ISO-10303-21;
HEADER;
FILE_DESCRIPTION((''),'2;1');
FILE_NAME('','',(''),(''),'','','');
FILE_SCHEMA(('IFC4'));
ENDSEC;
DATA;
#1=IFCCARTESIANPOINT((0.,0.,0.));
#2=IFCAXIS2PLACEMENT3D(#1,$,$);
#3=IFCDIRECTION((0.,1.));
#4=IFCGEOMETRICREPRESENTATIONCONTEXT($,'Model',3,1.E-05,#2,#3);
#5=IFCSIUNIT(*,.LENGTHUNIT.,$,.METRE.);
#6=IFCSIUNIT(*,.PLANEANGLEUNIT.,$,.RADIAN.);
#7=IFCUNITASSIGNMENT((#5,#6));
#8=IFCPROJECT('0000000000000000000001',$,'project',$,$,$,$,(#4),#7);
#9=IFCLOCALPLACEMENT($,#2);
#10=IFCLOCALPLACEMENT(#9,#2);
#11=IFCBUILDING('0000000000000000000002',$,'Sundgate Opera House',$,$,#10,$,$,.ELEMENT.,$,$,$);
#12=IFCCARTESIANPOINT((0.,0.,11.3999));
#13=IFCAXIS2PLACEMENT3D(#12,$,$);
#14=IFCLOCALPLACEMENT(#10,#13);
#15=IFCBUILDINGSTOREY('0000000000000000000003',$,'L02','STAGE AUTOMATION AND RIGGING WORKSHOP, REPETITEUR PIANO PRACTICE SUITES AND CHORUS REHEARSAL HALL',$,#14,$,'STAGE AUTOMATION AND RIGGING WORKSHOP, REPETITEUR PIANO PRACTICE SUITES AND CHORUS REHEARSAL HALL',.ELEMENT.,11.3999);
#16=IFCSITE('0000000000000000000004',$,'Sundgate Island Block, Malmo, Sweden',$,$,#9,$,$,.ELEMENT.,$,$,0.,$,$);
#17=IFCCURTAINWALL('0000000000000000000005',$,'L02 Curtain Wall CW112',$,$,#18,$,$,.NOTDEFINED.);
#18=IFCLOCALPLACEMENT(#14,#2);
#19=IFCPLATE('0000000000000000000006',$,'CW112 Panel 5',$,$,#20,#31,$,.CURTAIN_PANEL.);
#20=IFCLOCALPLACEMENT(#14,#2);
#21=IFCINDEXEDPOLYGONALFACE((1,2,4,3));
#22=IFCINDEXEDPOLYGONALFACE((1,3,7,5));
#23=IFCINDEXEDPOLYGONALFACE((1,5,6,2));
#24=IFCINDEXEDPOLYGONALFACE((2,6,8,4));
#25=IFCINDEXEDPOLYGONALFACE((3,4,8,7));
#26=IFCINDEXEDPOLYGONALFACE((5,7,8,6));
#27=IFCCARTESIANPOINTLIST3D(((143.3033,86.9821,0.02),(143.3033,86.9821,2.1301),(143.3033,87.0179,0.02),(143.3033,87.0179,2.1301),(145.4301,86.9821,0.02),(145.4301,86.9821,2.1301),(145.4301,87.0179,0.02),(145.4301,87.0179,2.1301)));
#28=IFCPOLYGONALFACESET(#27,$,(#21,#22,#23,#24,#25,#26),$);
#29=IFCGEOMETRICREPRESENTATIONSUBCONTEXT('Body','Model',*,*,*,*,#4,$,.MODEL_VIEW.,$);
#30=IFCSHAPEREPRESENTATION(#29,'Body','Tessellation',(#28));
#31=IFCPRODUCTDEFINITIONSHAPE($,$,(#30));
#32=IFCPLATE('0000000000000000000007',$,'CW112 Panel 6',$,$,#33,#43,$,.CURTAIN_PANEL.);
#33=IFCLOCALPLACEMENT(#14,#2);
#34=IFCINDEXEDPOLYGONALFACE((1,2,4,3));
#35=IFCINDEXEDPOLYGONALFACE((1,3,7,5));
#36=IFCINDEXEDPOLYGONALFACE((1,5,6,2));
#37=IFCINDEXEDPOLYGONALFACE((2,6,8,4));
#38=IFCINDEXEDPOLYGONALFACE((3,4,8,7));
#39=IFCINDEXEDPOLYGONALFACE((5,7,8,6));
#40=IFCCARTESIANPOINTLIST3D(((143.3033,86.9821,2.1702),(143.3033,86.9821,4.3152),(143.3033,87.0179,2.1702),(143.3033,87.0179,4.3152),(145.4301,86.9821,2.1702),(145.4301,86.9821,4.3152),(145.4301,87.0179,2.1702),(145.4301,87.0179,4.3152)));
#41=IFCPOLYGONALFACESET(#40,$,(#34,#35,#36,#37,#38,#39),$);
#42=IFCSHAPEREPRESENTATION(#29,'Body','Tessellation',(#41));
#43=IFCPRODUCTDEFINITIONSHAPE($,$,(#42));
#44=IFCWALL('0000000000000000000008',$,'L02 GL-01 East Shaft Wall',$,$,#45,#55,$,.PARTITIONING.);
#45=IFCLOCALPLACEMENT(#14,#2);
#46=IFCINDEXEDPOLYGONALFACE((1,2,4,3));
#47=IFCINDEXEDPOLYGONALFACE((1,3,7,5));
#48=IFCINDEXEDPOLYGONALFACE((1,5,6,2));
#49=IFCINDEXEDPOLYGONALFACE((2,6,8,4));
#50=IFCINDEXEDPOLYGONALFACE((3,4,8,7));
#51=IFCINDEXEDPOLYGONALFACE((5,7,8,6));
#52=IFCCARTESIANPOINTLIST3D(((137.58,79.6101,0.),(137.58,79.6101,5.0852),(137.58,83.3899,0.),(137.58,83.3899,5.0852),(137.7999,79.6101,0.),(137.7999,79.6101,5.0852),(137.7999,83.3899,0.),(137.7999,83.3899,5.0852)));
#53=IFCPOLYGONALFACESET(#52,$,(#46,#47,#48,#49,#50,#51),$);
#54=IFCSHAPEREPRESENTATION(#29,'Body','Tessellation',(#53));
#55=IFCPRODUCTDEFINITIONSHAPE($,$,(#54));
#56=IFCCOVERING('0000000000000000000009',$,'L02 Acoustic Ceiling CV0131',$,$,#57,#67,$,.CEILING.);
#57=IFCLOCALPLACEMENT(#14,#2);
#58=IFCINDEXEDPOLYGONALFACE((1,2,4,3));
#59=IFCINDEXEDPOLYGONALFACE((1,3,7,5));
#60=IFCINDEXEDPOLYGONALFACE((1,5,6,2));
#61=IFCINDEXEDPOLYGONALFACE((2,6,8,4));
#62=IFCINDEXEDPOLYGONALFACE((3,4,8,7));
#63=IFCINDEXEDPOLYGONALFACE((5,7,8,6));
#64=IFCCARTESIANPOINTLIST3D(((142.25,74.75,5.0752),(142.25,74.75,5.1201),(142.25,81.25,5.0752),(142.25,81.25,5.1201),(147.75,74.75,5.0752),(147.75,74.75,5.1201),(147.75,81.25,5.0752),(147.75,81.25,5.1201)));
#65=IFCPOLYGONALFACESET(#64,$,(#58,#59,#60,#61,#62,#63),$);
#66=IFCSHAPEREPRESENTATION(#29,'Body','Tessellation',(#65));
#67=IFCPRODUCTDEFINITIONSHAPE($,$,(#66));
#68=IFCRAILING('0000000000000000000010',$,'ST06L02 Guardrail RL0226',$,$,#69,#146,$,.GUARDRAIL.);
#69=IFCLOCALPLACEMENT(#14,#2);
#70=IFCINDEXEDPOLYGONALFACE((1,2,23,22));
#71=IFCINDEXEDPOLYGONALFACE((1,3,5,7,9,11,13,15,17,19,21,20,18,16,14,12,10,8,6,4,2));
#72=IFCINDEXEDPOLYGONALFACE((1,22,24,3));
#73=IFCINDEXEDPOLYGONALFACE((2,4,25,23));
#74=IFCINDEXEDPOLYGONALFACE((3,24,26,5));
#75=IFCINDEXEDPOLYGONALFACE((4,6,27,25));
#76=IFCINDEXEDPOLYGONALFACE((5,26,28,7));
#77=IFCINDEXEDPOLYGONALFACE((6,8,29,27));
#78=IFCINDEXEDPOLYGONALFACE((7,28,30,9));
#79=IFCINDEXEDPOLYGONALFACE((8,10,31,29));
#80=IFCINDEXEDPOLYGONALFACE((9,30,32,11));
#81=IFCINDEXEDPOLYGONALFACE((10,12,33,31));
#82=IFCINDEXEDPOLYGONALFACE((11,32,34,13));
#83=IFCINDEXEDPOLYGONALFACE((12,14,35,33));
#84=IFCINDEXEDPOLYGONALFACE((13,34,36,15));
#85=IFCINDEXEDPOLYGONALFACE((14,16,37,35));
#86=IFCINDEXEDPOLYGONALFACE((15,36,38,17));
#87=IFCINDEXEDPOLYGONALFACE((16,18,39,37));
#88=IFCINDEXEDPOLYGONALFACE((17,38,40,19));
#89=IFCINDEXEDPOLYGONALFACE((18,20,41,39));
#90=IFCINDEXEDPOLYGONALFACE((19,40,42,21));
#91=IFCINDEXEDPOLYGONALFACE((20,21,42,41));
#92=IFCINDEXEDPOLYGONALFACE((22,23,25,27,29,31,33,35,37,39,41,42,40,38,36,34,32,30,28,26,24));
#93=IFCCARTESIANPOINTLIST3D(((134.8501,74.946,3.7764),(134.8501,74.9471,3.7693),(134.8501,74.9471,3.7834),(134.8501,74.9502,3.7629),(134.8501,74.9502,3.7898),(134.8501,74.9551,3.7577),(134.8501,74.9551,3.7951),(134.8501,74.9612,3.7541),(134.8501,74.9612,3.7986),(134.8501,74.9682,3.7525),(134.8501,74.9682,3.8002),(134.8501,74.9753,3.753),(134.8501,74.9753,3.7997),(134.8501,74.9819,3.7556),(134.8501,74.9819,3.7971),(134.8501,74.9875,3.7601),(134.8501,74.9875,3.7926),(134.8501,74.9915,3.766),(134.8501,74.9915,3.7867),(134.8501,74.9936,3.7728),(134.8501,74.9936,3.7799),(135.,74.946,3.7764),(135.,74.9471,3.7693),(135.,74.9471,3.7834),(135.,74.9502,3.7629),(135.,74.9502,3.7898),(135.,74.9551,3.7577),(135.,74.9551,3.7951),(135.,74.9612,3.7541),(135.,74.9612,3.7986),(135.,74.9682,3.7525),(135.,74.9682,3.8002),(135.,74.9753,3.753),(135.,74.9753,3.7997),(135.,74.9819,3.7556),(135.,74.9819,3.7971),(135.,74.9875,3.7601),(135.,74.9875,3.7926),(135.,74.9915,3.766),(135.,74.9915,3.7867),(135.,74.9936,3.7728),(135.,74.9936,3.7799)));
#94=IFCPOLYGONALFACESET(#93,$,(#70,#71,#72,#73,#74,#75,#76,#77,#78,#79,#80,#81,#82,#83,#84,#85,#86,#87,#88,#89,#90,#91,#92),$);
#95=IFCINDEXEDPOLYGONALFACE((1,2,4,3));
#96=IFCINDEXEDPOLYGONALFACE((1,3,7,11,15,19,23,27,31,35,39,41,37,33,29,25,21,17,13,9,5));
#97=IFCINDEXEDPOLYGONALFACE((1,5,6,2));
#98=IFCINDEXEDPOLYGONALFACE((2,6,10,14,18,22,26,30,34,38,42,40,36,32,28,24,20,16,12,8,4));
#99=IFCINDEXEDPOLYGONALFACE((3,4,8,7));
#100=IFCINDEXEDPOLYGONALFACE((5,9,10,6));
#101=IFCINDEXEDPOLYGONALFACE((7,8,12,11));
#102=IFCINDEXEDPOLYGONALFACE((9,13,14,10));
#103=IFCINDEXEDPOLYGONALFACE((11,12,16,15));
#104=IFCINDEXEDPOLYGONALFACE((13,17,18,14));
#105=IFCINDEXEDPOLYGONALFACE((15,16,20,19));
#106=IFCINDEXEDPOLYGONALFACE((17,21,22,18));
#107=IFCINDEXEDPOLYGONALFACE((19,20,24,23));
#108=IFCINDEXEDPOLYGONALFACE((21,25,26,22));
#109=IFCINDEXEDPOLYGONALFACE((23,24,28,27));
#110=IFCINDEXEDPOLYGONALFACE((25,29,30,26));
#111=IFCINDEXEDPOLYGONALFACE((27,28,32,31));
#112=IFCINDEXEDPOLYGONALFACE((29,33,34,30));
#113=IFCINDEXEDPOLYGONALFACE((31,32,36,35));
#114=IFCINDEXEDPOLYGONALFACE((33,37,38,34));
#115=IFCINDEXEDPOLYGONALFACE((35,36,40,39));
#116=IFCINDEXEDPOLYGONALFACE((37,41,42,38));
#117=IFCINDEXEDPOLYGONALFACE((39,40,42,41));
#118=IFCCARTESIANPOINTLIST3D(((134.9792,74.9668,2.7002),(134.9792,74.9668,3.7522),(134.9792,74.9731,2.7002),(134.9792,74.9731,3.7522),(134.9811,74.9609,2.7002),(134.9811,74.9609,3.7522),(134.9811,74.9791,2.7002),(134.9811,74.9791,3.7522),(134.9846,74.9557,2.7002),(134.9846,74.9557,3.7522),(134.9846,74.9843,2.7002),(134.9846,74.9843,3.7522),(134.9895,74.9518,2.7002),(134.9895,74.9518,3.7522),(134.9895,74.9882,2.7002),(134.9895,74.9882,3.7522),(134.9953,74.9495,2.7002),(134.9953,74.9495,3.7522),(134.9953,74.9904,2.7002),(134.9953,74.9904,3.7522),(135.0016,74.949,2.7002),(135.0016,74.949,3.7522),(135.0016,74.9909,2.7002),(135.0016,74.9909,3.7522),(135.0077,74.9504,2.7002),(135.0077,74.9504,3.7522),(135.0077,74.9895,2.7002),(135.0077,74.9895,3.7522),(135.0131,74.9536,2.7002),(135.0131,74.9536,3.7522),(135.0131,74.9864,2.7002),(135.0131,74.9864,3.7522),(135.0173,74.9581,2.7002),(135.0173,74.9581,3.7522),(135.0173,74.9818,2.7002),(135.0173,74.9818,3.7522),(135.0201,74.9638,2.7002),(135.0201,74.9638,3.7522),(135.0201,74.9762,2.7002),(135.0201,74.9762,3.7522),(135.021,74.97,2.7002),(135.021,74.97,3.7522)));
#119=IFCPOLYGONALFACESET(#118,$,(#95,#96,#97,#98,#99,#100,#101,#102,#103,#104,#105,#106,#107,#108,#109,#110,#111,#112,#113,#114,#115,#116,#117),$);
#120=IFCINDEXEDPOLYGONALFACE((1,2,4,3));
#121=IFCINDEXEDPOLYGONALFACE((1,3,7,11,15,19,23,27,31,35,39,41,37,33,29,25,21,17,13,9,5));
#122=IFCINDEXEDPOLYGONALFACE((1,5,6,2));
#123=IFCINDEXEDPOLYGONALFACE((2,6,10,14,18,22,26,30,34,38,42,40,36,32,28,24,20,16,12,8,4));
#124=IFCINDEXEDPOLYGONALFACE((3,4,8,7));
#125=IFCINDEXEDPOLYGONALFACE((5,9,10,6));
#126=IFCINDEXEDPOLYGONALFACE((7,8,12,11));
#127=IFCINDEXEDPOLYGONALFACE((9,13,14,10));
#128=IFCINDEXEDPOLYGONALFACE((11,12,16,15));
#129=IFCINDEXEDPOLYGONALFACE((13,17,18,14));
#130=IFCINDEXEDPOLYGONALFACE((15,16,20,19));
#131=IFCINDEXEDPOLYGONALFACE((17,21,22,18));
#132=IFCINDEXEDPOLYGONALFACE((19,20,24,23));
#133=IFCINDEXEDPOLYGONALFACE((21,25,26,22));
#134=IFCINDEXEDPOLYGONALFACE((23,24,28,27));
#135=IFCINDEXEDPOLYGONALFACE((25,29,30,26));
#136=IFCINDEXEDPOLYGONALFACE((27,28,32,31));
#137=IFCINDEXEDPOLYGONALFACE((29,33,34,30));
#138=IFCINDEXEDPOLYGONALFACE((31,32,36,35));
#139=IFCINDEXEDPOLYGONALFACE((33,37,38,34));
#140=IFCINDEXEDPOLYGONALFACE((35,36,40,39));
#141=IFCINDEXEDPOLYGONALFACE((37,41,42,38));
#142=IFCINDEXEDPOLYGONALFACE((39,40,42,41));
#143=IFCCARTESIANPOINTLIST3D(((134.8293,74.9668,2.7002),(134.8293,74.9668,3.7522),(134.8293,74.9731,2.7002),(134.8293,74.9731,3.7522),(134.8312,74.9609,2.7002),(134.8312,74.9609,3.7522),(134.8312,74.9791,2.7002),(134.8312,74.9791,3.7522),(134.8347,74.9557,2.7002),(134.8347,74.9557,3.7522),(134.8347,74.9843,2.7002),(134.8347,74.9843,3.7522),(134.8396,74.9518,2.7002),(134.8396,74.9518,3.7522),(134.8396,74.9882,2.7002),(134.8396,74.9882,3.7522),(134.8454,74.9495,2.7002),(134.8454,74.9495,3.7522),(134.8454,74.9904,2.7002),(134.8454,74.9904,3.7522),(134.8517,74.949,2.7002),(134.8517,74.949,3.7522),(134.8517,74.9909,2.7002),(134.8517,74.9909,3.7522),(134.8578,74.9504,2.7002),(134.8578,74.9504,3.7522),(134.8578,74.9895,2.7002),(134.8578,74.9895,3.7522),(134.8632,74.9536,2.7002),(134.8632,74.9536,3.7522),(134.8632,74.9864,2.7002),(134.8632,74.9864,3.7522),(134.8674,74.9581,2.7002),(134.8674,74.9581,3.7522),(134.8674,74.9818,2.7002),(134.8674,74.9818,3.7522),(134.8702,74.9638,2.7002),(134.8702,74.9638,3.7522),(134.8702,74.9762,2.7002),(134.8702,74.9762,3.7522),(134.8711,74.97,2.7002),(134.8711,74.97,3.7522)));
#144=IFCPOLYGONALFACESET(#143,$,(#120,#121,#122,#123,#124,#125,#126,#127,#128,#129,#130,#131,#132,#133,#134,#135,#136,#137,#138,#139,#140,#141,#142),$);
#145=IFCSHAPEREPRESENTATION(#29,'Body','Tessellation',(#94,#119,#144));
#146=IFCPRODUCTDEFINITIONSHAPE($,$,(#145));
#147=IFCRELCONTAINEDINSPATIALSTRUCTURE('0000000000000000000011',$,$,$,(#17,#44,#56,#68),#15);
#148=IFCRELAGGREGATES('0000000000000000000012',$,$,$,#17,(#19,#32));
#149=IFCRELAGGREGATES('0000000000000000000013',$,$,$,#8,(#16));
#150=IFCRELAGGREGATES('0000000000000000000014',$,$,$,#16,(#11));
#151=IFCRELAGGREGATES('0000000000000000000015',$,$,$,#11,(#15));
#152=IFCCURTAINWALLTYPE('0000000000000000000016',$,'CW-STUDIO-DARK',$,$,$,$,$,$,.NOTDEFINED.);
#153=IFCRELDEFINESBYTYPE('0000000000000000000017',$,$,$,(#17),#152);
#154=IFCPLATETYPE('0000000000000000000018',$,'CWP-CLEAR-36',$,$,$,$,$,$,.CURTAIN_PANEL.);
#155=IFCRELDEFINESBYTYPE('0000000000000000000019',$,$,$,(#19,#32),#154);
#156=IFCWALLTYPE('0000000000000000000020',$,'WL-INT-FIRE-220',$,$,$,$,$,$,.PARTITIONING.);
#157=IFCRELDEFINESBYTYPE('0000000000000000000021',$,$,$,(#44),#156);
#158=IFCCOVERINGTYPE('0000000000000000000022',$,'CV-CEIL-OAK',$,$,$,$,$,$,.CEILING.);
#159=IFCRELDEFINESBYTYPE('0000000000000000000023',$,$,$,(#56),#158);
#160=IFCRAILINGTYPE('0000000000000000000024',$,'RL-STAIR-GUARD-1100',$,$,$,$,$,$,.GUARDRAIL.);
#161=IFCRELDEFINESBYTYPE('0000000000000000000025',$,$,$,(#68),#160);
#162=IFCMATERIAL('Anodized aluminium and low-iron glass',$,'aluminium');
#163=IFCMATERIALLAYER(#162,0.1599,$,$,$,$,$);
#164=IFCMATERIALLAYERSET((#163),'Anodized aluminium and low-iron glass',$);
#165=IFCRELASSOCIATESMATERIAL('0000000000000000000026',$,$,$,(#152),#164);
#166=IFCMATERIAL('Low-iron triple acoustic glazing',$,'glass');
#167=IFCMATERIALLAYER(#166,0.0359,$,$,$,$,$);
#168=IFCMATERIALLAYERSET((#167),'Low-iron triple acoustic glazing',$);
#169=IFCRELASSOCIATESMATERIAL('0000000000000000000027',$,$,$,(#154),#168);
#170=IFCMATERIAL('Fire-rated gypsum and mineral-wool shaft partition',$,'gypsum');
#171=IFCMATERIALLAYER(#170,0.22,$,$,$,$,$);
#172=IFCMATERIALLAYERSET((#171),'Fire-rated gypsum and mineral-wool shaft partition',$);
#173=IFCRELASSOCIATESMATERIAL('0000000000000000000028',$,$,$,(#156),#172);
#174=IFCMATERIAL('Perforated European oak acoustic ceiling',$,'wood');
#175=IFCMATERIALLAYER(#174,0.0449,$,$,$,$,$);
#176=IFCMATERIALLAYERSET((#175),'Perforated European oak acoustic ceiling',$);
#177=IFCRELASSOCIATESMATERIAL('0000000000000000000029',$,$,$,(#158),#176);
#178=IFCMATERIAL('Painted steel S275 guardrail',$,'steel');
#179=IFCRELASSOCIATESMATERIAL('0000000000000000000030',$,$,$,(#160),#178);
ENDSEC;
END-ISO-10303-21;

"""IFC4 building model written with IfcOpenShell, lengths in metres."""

from ifc_helpers import new_model, si_unit, direction, frame, frame_2d, origin, origin_2d, place, context, subcontext, project, spatial, rectangle, circle, extrude, material, layer, layer_set, type_object, element, aggregate, save


model = new_model("IFC4")

# Units and contexts
model_context = context("Model", 3, precision=1e-05, world=origin(), true_north=direction((0.0, 1.0)))
body_context = subcontext(model_context, "Body", "Model", "MODEL_VIEW")
ifc_project = project(units=[si_unit("LENGTHUNIT", "METRE"), si_unit("PLANEANGLEUNIT", "RADIAN")], contexts=[model_context])

# Site, building, storey
site_placement = place(None, origin())
site = spatial("IfcSite", under=ifc_project, at=site_placement, Name="Sundgate Island Block, Malmo, Sweden", CompositionType="ELEMENT", RefElevation=0.0)
building_placement = place(site_placement, origin())
building = spatial("IfcBuilding", under=site, at=building_placement, Name="Sundgate Opera House", CompositionType="ELEMENT")
storey_placement = place(building_placement, frame((0.0, 0.0, 11.3999)))
storey = spatial("IfcBuildingStorey", under=building, at=storey_placement, Name="L02", Description="STAGE AUTOMATION AND RIGGING WORKSHOP, REPETITEUR PIANO PRACTICE SUITES AND CHORUS REHEARSAL HALL", LongName="STAGE AUTOMATION AND RIGGING WORKSHOP, REPETITEUR PIANO PRACTICE SUITES AND CHORUS REHEARSAL HALL", CompositionType="ELEMENT", Elevation=11.3999)

# Curtain wall
ifc_material_1 = material(Name="Anodized aluminium and low-iron glass", Category="aluminium")
ifc_layer_1 = layer(ifc_material_1, 0.1599)
ifc_layer_set_1 = layer_set([ifc_layer_1], Name="Anodized aluminium and low-iron glass")
curtain_wall_type = type_object("IfcCurtainWallType", Name="CW-STUDIO-DARK", PredefinedType="NOTDEFINED", material=ifc_layer_set_1)
curtain_wall_1_placement = place(storey_placement, origin())
curtain_wall_1 = element("IfcCurtainWall", 1, at=curtain_wall_1_placement, inside=storey, type_object=curtain_wall_type, Name="L02 Curtain Wall CW112", PredefinedType="NOTDEFINED")

# Plates
ifc_material_2 = material(Name="Low-iron triple acoustic glazing", Category="glass")
ifc_layer_2 = layer(ifc_material_2, 0.0359)
ifc_layer_set_2 = layer_set([ifc_layer_2], Name="Low-iron triple acoustic glazing")
plate_type = type_object("IfcPlateType", Name="CWP-CLEAR-36", PredefinedType="CURTAIN_PANEL", material=ifc_layer_set_2)
plate_1_placement = place(storey_placement, frame((144.3667, 87.0, 0.02), z_axis=(0.0, 0.0, 1.0), x_axis=(1.0, 0.0, 0.0)))
plate_1 = element("IfcPlate", 2, at=plate_1_placement, type_object=plate_type, Name="CW112 Panel 5", PredefinedType="CURTAIN_PANEL", context=body_context, shape_type="SweptSolid", body=[
    extrude(rectangle(XDim=2.1267, YDim=0.0359, at=origin_2d()), origin(), (0.0, 0.0, 1.0), 2.1101),
])
plate_2_placement = place(storey_placement, frame((144.3667, 87.0, 2.1702), z_axis=(0.0, 0.0, 1.0), x_axis=(1.0, 0.0, 0.0)))
plate_2 = element("IfcPlate", 3, at=plate_2_placement, type_object=plate_type, Name="CW112 Panel 6", PredefinedType="CURTAIN_PANEL", context=body_context, shape_type="SweptSolid", body=[
    extrude(rectangle(XDim=2.1267, YDim=0.0359, at=origin_2d()), origin(), (0.0, 0.0, 1.0), 2.145),
])
aggregate(curtain_wall_1, [plate_1, plate_2])

# Wall
ifc_material_3 = material(Name="Fire-rated gypsum and mineral-wool shaft partition", Category="gypsum")
ifc_layer_3 = layer(ifc_material_3, 0.22)
ifc_layer_set_3 = layer_set([ifc_layer_3], Name="Fire-rated gypsum and mineral-wool shaft partition")
wall_type = type_object("IfcWallType", Name="WL-INT-FIRE-220", PredefinedType="PARTITIONING", material=ifc_layer_set_3)
wall_placement = place(storey_placement, frame((137.6899, 79.6101, 0.0), z_axis=(0.0, 0.0, 1.0), x_axis=(0.0, 1.0, 0.0)))
element("IfcWall", 4, at=wall_placement, inside=storey, type_object=wall_type, Name="L02 GL-01 East Shaft Wall", PredefinedType="PARTITIONING", context=body_context, shape_type="SweptSolid", body=[
    extrude(rectangle(XDim=3.7798, YDim=0.22, at=frame_2d((1.8899, 0.0))), origin(), (0.0, 0.0, 1.0), 5.0852),
])

# Covering
ifc_material_4 = material(Name="Perforated European oak acoustic ceiling", Category="wood")
ifc_layer_4 = layer(ifc_material_4, 0.0449)
ifc_layer_set_4 = layer_set([ifc_layer_4], Name="Perforated European oak acoustic ceiling")
covering_type = type_object("IfcCoveringType", Name="CV-CEIL-OAK", PredefinedType="CEILING", material=ifc_layer_set_4)
covering_placement = place(storey_placement, frame((145.0, 78.0, 5.0752), z_axis=(0.0, 0.0, 1.0), x_axis=(1.0, 0.0, 0.0)))
element("IfcCovering", 5, at=covering_placement, inside=storey, type_object=covering_type, Name="L02 Acoustic Ceiling CV0131", PredefinedType="CEILING", context=body_context, shape_type="SweptSolid", body=[
    extrude(rectangle(XDim=5.5, YDim=6.5, at=origin_2d()), origin(), (0.0, 0.0, 1.0), 0.0449),
])

# Railing
ifc_material_5 = material(Name="Painted steel S275 guardrail", Category="steel")
railing_type = type_object("IfcRailingType", Name="RL-STAIR-GUARD-1100", PredefinedType="GUARDRAIL", material=ifc_material_5)
railing_placement = place(storey_placement, frame((135.0, 74.97, 2.7002)))
element("IfcRailing", 6, at=railing_placement, inside=storey, type_object=railing_type, Name="ST06L02 Guardrail RL0226", PredefinedType="GUARDRAIL", context=body_context, shape_type="SweptSolid", body=[
    extrude(circle(Radius=0.0239, at=origin_2d()), frame((0.0, 0.0, 1.0762), z_axis=(-1.0, 0.0, 0.0), x_axis=(0.0, -1.0, 0.0)), (0.0, 0.0, 1.0), 0.1499),
    extrude(circle(Radius=0.021, at=origin_2d()), origin(), (0.0, 0.0, 1.0), 1.052),
    extrude(circle(Radius=0.021, at=origin_2d()), frame((-0.1499, 0.0, 0.0)), (0.0, 0.0, 1.0), 1.052),
])

save(model, "model.ifc")
